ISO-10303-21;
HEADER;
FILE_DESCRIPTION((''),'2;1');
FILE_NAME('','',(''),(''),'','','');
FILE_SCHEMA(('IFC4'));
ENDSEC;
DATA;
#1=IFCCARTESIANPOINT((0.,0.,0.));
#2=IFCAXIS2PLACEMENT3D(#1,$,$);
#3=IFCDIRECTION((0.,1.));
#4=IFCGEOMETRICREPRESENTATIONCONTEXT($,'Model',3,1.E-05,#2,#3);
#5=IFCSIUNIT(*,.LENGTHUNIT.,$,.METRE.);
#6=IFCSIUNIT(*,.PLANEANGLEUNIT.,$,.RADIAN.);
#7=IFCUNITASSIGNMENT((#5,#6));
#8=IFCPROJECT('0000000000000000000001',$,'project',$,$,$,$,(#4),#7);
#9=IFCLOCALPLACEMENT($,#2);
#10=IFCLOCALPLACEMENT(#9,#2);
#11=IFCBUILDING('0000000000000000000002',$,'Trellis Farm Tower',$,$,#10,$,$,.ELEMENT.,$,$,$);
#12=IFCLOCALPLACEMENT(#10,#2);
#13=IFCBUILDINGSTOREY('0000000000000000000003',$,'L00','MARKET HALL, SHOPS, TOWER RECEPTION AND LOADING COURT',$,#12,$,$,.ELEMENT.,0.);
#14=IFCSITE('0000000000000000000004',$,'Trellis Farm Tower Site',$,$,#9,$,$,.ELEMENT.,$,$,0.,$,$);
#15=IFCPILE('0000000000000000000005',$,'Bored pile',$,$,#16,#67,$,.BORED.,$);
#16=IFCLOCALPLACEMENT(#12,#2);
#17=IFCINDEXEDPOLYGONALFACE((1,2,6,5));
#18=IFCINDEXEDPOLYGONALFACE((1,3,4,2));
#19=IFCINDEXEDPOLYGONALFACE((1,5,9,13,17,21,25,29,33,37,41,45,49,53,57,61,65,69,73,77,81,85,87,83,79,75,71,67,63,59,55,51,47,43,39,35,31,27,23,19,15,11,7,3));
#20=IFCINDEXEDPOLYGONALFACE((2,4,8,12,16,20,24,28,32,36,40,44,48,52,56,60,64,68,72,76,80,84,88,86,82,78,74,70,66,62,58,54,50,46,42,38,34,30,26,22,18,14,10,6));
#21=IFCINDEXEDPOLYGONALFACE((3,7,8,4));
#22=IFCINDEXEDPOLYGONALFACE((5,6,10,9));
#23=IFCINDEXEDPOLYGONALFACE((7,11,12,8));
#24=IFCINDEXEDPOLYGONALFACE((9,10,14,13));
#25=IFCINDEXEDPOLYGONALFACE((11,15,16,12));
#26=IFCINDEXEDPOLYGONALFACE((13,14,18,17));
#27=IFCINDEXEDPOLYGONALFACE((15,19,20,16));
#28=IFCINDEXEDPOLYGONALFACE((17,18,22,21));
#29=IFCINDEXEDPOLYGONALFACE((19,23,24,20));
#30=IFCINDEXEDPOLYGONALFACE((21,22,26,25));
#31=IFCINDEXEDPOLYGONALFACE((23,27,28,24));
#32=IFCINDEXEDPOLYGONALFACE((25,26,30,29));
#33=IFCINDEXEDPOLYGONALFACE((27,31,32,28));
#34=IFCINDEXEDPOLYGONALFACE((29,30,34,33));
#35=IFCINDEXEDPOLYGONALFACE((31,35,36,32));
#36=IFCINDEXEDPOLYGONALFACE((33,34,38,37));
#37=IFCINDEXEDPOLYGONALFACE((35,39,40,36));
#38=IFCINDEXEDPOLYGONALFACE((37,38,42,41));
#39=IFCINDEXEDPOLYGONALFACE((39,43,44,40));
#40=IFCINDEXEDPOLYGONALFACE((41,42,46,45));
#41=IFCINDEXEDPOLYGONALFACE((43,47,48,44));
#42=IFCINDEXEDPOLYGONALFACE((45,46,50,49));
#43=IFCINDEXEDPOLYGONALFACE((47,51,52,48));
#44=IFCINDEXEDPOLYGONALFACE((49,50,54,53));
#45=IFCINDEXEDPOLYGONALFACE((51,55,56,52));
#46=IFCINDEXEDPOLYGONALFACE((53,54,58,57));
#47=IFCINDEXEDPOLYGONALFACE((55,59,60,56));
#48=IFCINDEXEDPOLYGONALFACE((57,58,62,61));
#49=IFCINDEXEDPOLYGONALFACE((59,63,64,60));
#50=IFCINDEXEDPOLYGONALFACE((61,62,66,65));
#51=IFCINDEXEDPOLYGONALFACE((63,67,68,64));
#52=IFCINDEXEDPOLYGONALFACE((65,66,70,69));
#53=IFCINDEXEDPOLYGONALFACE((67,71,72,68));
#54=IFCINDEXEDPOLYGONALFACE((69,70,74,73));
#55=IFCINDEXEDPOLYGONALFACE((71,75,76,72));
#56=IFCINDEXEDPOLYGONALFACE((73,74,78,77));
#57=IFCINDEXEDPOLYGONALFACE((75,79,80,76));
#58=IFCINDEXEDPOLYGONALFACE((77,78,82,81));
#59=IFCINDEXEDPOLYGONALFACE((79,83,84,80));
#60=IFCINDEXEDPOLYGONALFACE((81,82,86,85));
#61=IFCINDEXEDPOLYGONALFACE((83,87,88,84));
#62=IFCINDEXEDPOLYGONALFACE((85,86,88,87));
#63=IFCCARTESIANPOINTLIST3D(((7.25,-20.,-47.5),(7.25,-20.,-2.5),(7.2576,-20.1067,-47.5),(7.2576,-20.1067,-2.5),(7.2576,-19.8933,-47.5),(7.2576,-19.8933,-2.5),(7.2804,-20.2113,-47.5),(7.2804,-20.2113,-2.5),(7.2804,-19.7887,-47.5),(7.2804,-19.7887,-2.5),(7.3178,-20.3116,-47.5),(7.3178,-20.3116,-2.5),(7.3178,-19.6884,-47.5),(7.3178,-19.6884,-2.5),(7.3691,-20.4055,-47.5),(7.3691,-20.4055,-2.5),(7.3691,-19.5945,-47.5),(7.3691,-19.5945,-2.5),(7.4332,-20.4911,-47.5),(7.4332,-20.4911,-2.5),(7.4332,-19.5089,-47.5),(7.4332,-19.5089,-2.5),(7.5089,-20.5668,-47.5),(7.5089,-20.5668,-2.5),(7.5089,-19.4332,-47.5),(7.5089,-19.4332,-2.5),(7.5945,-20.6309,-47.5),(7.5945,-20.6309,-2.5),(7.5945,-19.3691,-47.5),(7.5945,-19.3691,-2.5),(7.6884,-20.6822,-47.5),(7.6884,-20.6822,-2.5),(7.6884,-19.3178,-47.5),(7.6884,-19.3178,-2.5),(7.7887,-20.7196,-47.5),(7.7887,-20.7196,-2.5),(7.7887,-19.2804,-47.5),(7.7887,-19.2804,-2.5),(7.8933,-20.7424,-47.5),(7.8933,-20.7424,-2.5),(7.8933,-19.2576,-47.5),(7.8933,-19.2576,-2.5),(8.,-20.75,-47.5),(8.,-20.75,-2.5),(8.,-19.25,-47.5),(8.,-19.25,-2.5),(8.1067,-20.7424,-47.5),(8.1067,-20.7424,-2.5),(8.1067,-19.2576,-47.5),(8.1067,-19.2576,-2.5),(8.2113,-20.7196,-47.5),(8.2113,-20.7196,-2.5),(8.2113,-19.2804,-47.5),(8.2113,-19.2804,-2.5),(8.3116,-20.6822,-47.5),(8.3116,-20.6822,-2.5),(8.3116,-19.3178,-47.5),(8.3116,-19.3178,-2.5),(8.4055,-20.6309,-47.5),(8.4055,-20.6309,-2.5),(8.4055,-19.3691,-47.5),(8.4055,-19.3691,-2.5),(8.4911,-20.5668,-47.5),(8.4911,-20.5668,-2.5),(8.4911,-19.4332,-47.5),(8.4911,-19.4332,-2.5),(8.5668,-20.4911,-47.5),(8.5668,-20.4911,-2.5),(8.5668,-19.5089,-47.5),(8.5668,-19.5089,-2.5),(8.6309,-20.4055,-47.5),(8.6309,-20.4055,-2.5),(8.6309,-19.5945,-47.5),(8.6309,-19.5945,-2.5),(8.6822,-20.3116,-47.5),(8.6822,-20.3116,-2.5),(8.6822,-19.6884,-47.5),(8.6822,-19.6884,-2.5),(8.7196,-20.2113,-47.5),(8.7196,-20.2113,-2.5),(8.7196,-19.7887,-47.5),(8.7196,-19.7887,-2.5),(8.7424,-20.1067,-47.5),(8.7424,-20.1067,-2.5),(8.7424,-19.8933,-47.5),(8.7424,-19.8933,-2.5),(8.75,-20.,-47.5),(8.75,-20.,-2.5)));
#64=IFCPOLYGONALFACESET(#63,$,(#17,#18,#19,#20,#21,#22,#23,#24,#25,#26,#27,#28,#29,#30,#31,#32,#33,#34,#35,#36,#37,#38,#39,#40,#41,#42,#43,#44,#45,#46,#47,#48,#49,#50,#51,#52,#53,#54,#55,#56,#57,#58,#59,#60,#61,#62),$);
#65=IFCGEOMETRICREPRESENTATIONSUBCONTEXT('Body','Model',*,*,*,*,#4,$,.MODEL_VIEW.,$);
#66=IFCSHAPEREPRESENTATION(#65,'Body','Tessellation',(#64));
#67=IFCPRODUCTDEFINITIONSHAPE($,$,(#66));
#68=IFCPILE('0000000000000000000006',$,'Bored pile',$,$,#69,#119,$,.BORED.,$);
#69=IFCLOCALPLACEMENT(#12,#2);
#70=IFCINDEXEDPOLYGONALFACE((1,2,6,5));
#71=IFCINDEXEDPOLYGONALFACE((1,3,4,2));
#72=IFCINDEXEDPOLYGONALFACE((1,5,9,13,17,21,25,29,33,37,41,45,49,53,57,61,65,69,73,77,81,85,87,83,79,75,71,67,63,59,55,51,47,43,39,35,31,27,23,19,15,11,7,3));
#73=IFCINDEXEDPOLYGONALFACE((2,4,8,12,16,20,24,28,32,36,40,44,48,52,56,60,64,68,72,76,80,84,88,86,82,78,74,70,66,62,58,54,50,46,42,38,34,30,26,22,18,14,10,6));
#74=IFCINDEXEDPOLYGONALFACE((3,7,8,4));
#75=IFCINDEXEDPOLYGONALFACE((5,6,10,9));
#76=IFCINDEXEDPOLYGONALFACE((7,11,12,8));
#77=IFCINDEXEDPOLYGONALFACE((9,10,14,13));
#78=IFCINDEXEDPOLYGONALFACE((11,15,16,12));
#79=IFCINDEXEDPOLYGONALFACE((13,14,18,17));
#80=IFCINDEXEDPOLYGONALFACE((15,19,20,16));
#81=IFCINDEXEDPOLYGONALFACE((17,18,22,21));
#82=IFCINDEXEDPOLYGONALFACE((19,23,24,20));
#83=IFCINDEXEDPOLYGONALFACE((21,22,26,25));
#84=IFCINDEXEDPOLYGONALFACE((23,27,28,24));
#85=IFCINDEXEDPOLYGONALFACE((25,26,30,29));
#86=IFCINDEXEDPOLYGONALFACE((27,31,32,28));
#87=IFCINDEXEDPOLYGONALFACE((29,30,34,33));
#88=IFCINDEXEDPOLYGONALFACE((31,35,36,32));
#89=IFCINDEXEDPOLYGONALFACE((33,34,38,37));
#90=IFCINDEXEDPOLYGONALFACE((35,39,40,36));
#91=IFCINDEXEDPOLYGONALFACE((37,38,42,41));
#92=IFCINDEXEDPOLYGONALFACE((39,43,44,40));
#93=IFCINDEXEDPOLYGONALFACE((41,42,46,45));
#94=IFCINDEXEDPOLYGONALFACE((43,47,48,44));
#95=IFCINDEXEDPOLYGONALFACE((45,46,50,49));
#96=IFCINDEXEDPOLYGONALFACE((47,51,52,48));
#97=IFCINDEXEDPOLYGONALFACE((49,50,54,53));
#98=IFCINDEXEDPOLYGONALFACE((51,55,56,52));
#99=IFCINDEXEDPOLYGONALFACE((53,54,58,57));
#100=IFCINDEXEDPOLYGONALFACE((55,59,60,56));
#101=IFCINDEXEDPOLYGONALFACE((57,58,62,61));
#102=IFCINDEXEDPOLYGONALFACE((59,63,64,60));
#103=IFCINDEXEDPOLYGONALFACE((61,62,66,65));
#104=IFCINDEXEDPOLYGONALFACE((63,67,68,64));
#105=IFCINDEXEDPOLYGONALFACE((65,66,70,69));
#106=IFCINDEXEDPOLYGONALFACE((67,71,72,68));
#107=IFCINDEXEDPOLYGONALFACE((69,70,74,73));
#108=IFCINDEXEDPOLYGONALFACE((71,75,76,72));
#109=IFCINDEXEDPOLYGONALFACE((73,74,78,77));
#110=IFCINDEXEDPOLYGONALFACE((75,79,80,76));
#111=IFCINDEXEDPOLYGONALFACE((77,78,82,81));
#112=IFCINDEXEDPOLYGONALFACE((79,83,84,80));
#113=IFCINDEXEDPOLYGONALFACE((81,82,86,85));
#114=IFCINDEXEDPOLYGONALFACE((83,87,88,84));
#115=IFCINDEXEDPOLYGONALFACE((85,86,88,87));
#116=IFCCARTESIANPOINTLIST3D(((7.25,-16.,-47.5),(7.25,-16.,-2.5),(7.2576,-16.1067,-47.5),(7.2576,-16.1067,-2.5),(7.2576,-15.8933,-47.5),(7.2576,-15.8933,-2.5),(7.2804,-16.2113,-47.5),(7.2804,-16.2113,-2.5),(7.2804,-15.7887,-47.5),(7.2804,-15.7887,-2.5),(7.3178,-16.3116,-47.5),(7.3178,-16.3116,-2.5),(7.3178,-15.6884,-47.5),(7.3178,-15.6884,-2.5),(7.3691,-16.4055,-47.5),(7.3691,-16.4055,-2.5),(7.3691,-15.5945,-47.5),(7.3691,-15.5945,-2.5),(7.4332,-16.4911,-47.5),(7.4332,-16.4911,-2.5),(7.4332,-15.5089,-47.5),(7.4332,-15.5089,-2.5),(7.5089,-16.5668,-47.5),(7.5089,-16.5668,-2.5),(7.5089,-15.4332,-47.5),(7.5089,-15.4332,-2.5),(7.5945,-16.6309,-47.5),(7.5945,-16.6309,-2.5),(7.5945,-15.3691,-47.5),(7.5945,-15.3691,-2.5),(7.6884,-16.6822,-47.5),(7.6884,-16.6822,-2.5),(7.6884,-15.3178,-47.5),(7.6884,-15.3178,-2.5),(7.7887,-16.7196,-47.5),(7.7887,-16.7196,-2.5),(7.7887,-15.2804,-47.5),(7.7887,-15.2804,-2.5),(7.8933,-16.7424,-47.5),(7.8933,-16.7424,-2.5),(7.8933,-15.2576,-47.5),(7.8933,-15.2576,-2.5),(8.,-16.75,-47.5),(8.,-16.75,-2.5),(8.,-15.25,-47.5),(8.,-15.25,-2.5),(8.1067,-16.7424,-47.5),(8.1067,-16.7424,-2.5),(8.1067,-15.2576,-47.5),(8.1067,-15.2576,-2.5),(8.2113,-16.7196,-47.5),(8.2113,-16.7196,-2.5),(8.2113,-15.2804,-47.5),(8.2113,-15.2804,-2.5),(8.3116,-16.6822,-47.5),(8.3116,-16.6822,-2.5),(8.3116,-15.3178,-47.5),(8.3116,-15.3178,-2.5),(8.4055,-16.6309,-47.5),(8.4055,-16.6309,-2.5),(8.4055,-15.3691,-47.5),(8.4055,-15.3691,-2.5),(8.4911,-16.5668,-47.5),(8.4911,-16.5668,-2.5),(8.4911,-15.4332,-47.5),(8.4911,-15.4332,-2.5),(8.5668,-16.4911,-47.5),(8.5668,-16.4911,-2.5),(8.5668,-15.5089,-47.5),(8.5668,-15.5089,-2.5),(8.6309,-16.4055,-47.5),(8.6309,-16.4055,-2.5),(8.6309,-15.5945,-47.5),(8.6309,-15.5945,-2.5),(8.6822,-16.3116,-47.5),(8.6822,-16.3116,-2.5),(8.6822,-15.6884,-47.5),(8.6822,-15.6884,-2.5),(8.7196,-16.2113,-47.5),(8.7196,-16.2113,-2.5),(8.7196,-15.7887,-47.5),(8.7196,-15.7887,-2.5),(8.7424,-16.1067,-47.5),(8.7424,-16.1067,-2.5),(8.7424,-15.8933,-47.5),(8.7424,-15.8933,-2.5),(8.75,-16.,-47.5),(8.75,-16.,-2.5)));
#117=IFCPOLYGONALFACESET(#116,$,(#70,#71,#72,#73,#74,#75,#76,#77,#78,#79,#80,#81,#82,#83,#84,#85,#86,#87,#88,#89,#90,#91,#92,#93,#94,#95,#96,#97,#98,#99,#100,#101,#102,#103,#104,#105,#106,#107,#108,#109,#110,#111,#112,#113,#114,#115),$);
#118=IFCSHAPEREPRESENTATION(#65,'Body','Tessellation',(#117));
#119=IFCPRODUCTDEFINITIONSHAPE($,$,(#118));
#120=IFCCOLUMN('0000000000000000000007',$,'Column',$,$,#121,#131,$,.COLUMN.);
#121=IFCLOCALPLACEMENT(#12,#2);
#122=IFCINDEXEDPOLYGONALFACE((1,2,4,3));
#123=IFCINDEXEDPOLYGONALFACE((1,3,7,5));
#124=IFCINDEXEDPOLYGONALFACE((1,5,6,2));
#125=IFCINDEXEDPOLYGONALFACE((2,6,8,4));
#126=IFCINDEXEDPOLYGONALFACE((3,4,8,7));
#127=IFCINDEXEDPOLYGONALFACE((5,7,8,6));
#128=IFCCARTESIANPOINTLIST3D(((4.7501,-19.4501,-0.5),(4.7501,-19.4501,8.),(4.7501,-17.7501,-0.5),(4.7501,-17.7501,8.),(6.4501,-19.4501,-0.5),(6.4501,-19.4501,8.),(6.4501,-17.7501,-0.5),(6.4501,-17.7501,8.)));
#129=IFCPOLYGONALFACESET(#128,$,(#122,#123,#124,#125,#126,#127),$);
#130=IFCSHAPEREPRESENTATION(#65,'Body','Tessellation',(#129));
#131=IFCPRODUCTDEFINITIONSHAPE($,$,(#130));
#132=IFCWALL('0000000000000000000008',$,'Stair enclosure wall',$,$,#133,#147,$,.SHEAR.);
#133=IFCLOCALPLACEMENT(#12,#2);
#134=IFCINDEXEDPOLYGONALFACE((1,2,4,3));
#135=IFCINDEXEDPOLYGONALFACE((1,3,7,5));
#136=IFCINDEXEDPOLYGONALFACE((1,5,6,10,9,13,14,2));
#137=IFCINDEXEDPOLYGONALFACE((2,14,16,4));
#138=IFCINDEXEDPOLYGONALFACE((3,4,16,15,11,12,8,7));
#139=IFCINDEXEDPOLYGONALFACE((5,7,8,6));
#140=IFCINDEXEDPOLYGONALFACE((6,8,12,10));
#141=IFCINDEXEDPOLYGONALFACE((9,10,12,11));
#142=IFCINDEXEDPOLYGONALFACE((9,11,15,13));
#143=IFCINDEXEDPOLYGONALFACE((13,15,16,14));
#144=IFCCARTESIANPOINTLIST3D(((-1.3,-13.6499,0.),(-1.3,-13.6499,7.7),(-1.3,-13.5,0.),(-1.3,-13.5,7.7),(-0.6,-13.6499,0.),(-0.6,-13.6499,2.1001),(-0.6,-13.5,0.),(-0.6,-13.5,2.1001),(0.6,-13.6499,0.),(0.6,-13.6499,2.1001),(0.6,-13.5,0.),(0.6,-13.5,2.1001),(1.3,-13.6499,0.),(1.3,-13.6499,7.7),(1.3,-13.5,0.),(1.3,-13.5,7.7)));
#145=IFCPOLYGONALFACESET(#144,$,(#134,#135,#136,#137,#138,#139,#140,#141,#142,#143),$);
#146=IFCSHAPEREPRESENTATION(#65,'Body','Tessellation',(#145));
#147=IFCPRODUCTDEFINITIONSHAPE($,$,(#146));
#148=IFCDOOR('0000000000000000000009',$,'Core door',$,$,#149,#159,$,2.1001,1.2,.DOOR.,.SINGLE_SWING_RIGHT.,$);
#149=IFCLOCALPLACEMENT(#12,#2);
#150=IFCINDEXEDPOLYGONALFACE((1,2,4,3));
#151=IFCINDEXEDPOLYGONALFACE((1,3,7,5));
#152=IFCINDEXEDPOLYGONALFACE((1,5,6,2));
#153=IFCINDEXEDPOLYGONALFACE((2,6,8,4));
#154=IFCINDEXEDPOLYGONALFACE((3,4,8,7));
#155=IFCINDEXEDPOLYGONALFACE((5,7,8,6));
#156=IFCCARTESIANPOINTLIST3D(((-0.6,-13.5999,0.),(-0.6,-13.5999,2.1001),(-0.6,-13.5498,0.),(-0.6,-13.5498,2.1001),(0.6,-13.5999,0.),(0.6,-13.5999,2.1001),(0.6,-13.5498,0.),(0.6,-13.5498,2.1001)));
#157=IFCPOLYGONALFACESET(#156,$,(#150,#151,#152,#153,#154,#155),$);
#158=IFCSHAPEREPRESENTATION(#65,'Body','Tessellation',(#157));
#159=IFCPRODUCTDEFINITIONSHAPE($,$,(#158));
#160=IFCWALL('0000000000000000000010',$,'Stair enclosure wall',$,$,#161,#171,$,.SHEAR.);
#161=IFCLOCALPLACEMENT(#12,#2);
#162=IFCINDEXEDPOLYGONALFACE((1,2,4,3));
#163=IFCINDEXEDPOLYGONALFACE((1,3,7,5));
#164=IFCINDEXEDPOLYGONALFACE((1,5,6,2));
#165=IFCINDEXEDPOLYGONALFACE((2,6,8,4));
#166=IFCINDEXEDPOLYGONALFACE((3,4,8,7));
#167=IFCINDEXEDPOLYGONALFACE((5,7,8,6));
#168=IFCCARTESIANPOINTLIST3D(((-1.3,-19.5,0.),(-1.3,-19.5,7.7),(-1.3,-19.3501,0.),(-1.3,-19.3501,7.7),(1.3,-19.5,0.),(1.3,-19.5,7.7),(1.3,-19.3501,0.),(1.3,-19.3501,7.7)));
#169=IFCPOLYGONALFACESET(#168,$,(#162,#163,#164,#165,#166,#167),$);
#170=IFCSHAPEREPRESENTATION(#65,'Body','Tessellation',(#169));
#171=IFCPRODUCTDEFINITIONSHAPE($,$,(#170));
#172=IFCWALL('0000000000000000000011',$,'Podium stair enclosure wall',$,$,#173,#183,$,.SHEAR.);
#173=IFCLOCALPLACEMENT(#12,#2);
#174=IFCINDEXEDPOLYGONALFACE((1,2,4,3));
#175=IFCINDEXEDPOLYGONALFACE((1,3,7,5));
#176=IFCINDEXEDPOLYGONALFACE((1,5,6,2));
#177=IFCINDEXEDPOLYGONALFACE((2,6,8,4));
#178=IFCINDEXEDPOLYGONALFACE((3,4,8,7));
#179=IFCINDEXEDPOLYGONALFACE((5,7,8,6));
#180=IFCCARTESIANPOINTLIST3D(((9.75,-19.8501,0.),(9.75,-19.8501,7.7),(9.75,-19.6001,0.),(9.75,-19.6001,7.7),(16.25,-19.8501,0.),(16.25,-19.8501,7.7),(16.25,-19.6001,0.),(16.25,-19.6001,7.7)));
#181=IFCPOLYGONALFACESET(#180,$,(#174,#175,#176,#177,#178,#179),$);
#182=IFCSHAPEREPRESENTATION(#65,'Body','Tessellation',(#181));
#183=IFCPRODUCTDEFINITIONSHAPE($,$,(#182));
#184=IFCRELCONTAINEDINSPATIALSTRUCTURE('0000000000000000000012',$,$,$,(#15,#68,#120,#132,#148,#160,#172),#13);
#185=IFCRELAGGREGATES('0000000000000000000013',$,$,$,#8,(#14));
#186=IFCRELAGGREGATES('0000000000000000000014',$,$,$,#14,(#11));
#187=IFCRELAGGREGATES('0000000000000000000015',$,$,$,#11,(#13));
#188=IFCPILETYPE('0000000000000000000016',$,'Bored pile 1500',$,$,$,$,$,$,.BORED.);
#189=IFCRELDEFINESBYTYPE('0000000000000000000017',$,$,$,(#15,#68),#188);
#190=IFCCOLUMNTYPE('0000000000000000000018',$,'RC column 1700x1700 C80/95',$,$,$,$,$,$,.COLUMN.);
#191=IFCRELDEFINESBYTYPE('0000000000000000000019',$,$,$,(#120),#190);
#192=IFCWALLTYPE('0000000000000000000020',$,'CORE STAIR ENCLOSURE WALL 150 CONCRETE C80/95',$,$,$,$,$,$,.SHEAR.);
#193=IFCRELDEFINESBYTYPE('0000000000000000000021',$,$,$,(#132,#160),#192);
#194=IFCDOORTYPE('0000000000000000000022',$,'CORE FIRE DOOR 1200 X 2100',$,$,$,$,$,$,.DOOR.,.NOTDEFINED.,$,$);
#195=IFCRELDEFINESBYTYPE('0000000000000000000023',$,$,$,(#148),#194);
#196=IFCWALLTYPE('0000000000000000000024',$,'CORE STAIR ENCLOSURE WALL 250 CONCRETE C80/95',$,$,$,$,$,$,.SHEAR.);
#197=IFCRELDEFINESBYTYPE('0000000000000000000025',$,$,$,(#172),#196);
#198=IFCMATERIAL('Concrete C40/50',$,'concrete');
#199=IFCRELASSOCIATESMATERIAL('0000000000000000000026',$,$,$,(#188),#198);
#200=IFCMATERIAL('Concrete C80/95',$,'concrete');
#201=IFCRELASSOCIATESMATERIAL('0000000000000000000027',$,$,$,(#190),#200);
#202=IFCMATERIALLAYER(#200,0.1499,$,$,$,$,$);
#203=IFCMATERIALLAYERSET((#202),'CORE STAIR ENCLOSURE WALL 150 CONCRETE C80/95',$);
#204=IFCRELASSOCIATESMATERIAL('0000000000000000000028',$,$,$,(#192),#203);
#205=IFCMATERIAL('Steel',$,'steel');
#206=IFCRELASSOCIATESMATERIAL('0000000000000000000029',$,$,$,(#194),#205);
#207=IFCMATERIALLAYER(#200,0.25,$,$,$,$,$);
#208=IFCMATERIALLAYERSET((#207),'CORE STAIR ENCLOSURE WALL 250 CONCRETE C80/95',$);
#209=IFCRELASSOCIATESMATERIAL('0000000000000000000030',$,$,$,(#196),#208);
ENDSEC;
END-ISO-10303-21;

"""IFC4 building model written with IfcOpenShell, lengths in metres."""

from ifc_helpers import new_model, si_unit, direction, frame, frame_2d, origin, origin_2d, place, context, subcontext, project, spatial, rectangle, circle, extrude, source, transform, mapped, material, layer, layer_set, material_profile, profile_set, type_object, element, fill, save


model = new_model("IFC4")

# Units and contexts
model_context = context("Model", 3, precision=1e-05, world=origin(), true_north=direction((0.0, 1.0)))
body_context = subcontext(model_context, "Body", "Model", "MODEL_VIEW")
ifc_project = project(units=[si_unit("LENGTHUNIT", "METRE"), si_unit("PLANEANGLEUNIT", "RADIAN")], contexts=[model_context])

# Site, building, storey
site_placement = place(None, origin())
site = spatial("IfcSite", under=ifc_project, at=site_placement, Name="Trellis Farm Tower Site", CompositionType="ELEMENT", RefElevation=0.0)
building_placement = place(site_placement, origin())
building = spatial("IfcBuilding", under=site, at=building_placement, Name="Trellis Farm Tower", CompositionType="ELEMENT")
storey_placement = place(building_placement, origin())
storey = spatial("IfcBuildingStorey", under=building, at=storey_placement, Name="L00", Description="MARKET HALL, SHOPS, TOWER RECEPTION AND LOADING COURT", CompositionType="ELEMENT", Elevation=0.0)

# Piles
ifc_material_1 = material(Name="Concrete C40/50", Category="concrete")
ifc_material_profile_1 = material_profile(ifc_material_1, circle(Radius=0.75, at=origin_2d()), Name="Bored pile 1500")
ifc_profile_set_1 = profile_set([ifc_material_profile_1], Name="Concrete C40/50")
pile_type = type_object("IfcPileType", Name="Bored pile 1500", PredefinedType="BORED", material=ifc_profile_set_1)
shared_shape_1 = source(origin(), body_context, "Body", "SweptSolid", [
    extrude(circle(Radius=0.75, at=origin_2d()), origin(), (0.0, 0.0, 1.0), 45.0),
])
for number, where, z_axis, x_axis, name in (
    (1, (8.0, -20.0, -2.5), (0.0, 0.0, -1.0), (1.0, 0.0, 0.0), "Bored pile"),
    (2, (8.0, -16.0, -2.5), (0.0, 0.0, -1.0), (1.0, 0.0, 0.0), "Bored pile"),
):
    element("IfcPile", number, at=place(storey_placement, frame(where, z_axis=z_axis, x_axis=x_axis)), inside=storey, type_object=pile_type, Name=name, PredefinedType="BORED", context=body_context, shape_type="MappedRepresentation", body=[
        mapped(shared_shape_1, transform((0.0, 0.0, 0.0))),
    ])

# Column
ifc_material_2 = material(Name="Concrete C80/95", Category="concrete")
ifc_material_profile_2 = material_profile(ifc_material_2, rectangle(XDim=1.7, YDim=1.7, at=origin_2d()), Name="RC column 1700x1700 C80/95")
ifc_profile_set_2 = profile_set([ifc_material_profile_2], Name="Concrete C80/95")
column_type = type_object("IfcColumnType", Name="RC column 1700x1700 C80/95", PredefinedType="COLUMN", material=ifc_profile_set_2)
shared_shape_2 = source(origin(), body_context, "Body", "SweptSolid", [
    extrude(rectangle(XDim=1.7, YDim=1.7, at=origin_2d()), origin(), (0.0, 0.0, 1.0), 8.5),
])
column_placement = place(storey_placement, frame((5.6001, -18.6001, -0.5), z_axis=(0.0, 0.0, 1.0), x_axis=(1.0, 0.0, 0.0)))
element("IfcColumn", 3, at=column_placement, inside=storey, type_object=column_type, Name="Column", PredefinedType="COLUMN", context=body_context, shape_type="MappedRepresentation", body=[
    mapped(shared_shape_2, transform((0.0, 0.0, 0.0))),
])

# Wall, opening, door
ifc_layer_1 = layer(ifc_material_2, 0.1499)
ifc_layer_set_1 = layer_set([ifc_layer_1], Name="CORE STAIR ENCLOSURE WALL 150 CONCRETE C80/95")
wall_type_1 = type_object("IfcWallType", Name="CORE STAIR ENCLOSURE WALL 150 CONCRETE C80/95", PredefinedType="SHEAR", material=ifc_layer_set_1)
shared_shape_3 = source(origin(), body_context, "Body", "SweptSolid", [
    extrude(rectangle(XDim=2.6001, YDim=0.1499, at=frame_2d((1.3, 0.0))), origin(), (0.0, 0.0, 1.0), 7.7),
])
wall_1_placement = place(storey_placement, frame((1.3, -13.575, 0.0), z_axis=(0.0, 0.0, 1.0), x_axis=(-1.0, 0.0, 0.0)))
wall_1 = element("IfcWall", 4, at=wall_1_placement, inside=storey, type_object=wall_type_1, Name="Stair enclosure wall", PredefinedType="SHEAR", context=body_context, shape_type="MappedRepresentation", body=[
    mapped(shared_shape_3, transform((0.0, 0.0, 0.0))),
])
shared_shape_4 = source(origin(), body_context, "Body", "SweptSolid", [
    extrude(rectangle(XDim=1.2, YDim=2.1001, at=frame_2d((0.6001, 1.05))), frame((0.0, 0.085, 0.0), z_axis=(0.0, -1.0, 0.0), x_axis=(1.0, 0.0, 0.0)), (0.0, 0.0, 1.0), 0.1699),
])
opening_placement = place(wall_1_placement, frame((0.7, 0.0, 0.0)))
opening = element("IfcOpeningElement", 5, at=opening_placement, cuts=wall_1, PredefinedType="OPENING", context=body_context, shape_type="MappedRepresentation", body=[
    mapped(shared_shape_4, transform((0.0, 0.0, 0.0))),
])
ifc_material_3 = material(Name="Steel", Category="steel")
door_type = type_object("IfcDoorType", Name="CORE FIRE DOOR 1200 X 2100", OperationType="NOTDEFINED", PredefinedType="DOOR", material=ifc_material_3)
shared_shape_5 = source(origin(), body_context, "Body", "SweptSolid", [
    extrude(rectangle(XDim=1.2, YDim=2.1001, at=frame_2d((0.6001, 1.05))), frame((0.0, 0.0249, 0.0), z_axis=(0.0, -1.0, 0.0), x_axis=(1.0, 0.0, 0.0)), (0.0, 0.0, 1.0), 0.05),
])
door_placement = place(opening_placement, origin())
door = element("IfcDoor", 6, at=door_placement, inside=storey, type_object=door_type, Name="Core door", OperationType="SINGLE_SWING_RIGHT", OverallHeight=2.1001, OverallWidth=1.2, PredefinedType="DOOR", context=body_context, shape_type="MappedRepresentation", body=[
    mapped(shared_shape_5, transform((0.0, 0.0, 0.0))),
])
fill(opening, door)

# Walls
wall_2_placement = place(storey_placement, frame((1.3, -19.425, 0.0), z_axis=(0.0, 0.0, 1.0), x_axis=(-1.0, 0.0, 0.0)))
element("IfcWall", 7, at=wall_2_placement, inside=storey, type_object=wall_type_1, Name="Stair enclosure wall", PredefinedType="SHEAR", context=body_context, shape_type="MappedRepresentation", body=[
    mapped(shared_shape_3, transform((0.0, 0.0, 0.0))),
])
ifc_layer_2 = layer(ifc_material_2, 0.25)
ifc_layer_set_2 = layer_set([ifc_layer_2], Name="CORE STAIR ENCLOSURE WALL 250 CONCRETE C80/95")
wall_type_2 = type_object("IfcWallType", Name="CORE STAIR ENCLOSURE WALL 250 CONCRETE C80/95", PredefinedType="SHEAR", material=ifc_layer_set_2)
shared_shape_6 = source(origin(), body_context, "Body", "SweptSolid", [
    extrude(rectangle(XDim=6.5, YDim=0.25, at=frame_2d((3.25, 0.0))), origin(), (0.0, 0.0, 1.0), 7.7),
])
wall_3_placement = place(storey_placement, frame((9.75, -19.7251, 0.0), z_axis=(0.0, 0.0, 1.0), x_axis=(1.0, 0.0, 0.0)))
element("IfcWall", 8, at=wall_3_placement, inside=storey, type_object=wall_type_2, Name="Podium stair enclosure wall", PredefinedType="SHEAR", context=body_context, shape_type="MappedRepresentation", body=[
    mapped(shared_shape_6, transform((0.0, 0.0, 0.0))),
])

save(model, "model.ifc")
